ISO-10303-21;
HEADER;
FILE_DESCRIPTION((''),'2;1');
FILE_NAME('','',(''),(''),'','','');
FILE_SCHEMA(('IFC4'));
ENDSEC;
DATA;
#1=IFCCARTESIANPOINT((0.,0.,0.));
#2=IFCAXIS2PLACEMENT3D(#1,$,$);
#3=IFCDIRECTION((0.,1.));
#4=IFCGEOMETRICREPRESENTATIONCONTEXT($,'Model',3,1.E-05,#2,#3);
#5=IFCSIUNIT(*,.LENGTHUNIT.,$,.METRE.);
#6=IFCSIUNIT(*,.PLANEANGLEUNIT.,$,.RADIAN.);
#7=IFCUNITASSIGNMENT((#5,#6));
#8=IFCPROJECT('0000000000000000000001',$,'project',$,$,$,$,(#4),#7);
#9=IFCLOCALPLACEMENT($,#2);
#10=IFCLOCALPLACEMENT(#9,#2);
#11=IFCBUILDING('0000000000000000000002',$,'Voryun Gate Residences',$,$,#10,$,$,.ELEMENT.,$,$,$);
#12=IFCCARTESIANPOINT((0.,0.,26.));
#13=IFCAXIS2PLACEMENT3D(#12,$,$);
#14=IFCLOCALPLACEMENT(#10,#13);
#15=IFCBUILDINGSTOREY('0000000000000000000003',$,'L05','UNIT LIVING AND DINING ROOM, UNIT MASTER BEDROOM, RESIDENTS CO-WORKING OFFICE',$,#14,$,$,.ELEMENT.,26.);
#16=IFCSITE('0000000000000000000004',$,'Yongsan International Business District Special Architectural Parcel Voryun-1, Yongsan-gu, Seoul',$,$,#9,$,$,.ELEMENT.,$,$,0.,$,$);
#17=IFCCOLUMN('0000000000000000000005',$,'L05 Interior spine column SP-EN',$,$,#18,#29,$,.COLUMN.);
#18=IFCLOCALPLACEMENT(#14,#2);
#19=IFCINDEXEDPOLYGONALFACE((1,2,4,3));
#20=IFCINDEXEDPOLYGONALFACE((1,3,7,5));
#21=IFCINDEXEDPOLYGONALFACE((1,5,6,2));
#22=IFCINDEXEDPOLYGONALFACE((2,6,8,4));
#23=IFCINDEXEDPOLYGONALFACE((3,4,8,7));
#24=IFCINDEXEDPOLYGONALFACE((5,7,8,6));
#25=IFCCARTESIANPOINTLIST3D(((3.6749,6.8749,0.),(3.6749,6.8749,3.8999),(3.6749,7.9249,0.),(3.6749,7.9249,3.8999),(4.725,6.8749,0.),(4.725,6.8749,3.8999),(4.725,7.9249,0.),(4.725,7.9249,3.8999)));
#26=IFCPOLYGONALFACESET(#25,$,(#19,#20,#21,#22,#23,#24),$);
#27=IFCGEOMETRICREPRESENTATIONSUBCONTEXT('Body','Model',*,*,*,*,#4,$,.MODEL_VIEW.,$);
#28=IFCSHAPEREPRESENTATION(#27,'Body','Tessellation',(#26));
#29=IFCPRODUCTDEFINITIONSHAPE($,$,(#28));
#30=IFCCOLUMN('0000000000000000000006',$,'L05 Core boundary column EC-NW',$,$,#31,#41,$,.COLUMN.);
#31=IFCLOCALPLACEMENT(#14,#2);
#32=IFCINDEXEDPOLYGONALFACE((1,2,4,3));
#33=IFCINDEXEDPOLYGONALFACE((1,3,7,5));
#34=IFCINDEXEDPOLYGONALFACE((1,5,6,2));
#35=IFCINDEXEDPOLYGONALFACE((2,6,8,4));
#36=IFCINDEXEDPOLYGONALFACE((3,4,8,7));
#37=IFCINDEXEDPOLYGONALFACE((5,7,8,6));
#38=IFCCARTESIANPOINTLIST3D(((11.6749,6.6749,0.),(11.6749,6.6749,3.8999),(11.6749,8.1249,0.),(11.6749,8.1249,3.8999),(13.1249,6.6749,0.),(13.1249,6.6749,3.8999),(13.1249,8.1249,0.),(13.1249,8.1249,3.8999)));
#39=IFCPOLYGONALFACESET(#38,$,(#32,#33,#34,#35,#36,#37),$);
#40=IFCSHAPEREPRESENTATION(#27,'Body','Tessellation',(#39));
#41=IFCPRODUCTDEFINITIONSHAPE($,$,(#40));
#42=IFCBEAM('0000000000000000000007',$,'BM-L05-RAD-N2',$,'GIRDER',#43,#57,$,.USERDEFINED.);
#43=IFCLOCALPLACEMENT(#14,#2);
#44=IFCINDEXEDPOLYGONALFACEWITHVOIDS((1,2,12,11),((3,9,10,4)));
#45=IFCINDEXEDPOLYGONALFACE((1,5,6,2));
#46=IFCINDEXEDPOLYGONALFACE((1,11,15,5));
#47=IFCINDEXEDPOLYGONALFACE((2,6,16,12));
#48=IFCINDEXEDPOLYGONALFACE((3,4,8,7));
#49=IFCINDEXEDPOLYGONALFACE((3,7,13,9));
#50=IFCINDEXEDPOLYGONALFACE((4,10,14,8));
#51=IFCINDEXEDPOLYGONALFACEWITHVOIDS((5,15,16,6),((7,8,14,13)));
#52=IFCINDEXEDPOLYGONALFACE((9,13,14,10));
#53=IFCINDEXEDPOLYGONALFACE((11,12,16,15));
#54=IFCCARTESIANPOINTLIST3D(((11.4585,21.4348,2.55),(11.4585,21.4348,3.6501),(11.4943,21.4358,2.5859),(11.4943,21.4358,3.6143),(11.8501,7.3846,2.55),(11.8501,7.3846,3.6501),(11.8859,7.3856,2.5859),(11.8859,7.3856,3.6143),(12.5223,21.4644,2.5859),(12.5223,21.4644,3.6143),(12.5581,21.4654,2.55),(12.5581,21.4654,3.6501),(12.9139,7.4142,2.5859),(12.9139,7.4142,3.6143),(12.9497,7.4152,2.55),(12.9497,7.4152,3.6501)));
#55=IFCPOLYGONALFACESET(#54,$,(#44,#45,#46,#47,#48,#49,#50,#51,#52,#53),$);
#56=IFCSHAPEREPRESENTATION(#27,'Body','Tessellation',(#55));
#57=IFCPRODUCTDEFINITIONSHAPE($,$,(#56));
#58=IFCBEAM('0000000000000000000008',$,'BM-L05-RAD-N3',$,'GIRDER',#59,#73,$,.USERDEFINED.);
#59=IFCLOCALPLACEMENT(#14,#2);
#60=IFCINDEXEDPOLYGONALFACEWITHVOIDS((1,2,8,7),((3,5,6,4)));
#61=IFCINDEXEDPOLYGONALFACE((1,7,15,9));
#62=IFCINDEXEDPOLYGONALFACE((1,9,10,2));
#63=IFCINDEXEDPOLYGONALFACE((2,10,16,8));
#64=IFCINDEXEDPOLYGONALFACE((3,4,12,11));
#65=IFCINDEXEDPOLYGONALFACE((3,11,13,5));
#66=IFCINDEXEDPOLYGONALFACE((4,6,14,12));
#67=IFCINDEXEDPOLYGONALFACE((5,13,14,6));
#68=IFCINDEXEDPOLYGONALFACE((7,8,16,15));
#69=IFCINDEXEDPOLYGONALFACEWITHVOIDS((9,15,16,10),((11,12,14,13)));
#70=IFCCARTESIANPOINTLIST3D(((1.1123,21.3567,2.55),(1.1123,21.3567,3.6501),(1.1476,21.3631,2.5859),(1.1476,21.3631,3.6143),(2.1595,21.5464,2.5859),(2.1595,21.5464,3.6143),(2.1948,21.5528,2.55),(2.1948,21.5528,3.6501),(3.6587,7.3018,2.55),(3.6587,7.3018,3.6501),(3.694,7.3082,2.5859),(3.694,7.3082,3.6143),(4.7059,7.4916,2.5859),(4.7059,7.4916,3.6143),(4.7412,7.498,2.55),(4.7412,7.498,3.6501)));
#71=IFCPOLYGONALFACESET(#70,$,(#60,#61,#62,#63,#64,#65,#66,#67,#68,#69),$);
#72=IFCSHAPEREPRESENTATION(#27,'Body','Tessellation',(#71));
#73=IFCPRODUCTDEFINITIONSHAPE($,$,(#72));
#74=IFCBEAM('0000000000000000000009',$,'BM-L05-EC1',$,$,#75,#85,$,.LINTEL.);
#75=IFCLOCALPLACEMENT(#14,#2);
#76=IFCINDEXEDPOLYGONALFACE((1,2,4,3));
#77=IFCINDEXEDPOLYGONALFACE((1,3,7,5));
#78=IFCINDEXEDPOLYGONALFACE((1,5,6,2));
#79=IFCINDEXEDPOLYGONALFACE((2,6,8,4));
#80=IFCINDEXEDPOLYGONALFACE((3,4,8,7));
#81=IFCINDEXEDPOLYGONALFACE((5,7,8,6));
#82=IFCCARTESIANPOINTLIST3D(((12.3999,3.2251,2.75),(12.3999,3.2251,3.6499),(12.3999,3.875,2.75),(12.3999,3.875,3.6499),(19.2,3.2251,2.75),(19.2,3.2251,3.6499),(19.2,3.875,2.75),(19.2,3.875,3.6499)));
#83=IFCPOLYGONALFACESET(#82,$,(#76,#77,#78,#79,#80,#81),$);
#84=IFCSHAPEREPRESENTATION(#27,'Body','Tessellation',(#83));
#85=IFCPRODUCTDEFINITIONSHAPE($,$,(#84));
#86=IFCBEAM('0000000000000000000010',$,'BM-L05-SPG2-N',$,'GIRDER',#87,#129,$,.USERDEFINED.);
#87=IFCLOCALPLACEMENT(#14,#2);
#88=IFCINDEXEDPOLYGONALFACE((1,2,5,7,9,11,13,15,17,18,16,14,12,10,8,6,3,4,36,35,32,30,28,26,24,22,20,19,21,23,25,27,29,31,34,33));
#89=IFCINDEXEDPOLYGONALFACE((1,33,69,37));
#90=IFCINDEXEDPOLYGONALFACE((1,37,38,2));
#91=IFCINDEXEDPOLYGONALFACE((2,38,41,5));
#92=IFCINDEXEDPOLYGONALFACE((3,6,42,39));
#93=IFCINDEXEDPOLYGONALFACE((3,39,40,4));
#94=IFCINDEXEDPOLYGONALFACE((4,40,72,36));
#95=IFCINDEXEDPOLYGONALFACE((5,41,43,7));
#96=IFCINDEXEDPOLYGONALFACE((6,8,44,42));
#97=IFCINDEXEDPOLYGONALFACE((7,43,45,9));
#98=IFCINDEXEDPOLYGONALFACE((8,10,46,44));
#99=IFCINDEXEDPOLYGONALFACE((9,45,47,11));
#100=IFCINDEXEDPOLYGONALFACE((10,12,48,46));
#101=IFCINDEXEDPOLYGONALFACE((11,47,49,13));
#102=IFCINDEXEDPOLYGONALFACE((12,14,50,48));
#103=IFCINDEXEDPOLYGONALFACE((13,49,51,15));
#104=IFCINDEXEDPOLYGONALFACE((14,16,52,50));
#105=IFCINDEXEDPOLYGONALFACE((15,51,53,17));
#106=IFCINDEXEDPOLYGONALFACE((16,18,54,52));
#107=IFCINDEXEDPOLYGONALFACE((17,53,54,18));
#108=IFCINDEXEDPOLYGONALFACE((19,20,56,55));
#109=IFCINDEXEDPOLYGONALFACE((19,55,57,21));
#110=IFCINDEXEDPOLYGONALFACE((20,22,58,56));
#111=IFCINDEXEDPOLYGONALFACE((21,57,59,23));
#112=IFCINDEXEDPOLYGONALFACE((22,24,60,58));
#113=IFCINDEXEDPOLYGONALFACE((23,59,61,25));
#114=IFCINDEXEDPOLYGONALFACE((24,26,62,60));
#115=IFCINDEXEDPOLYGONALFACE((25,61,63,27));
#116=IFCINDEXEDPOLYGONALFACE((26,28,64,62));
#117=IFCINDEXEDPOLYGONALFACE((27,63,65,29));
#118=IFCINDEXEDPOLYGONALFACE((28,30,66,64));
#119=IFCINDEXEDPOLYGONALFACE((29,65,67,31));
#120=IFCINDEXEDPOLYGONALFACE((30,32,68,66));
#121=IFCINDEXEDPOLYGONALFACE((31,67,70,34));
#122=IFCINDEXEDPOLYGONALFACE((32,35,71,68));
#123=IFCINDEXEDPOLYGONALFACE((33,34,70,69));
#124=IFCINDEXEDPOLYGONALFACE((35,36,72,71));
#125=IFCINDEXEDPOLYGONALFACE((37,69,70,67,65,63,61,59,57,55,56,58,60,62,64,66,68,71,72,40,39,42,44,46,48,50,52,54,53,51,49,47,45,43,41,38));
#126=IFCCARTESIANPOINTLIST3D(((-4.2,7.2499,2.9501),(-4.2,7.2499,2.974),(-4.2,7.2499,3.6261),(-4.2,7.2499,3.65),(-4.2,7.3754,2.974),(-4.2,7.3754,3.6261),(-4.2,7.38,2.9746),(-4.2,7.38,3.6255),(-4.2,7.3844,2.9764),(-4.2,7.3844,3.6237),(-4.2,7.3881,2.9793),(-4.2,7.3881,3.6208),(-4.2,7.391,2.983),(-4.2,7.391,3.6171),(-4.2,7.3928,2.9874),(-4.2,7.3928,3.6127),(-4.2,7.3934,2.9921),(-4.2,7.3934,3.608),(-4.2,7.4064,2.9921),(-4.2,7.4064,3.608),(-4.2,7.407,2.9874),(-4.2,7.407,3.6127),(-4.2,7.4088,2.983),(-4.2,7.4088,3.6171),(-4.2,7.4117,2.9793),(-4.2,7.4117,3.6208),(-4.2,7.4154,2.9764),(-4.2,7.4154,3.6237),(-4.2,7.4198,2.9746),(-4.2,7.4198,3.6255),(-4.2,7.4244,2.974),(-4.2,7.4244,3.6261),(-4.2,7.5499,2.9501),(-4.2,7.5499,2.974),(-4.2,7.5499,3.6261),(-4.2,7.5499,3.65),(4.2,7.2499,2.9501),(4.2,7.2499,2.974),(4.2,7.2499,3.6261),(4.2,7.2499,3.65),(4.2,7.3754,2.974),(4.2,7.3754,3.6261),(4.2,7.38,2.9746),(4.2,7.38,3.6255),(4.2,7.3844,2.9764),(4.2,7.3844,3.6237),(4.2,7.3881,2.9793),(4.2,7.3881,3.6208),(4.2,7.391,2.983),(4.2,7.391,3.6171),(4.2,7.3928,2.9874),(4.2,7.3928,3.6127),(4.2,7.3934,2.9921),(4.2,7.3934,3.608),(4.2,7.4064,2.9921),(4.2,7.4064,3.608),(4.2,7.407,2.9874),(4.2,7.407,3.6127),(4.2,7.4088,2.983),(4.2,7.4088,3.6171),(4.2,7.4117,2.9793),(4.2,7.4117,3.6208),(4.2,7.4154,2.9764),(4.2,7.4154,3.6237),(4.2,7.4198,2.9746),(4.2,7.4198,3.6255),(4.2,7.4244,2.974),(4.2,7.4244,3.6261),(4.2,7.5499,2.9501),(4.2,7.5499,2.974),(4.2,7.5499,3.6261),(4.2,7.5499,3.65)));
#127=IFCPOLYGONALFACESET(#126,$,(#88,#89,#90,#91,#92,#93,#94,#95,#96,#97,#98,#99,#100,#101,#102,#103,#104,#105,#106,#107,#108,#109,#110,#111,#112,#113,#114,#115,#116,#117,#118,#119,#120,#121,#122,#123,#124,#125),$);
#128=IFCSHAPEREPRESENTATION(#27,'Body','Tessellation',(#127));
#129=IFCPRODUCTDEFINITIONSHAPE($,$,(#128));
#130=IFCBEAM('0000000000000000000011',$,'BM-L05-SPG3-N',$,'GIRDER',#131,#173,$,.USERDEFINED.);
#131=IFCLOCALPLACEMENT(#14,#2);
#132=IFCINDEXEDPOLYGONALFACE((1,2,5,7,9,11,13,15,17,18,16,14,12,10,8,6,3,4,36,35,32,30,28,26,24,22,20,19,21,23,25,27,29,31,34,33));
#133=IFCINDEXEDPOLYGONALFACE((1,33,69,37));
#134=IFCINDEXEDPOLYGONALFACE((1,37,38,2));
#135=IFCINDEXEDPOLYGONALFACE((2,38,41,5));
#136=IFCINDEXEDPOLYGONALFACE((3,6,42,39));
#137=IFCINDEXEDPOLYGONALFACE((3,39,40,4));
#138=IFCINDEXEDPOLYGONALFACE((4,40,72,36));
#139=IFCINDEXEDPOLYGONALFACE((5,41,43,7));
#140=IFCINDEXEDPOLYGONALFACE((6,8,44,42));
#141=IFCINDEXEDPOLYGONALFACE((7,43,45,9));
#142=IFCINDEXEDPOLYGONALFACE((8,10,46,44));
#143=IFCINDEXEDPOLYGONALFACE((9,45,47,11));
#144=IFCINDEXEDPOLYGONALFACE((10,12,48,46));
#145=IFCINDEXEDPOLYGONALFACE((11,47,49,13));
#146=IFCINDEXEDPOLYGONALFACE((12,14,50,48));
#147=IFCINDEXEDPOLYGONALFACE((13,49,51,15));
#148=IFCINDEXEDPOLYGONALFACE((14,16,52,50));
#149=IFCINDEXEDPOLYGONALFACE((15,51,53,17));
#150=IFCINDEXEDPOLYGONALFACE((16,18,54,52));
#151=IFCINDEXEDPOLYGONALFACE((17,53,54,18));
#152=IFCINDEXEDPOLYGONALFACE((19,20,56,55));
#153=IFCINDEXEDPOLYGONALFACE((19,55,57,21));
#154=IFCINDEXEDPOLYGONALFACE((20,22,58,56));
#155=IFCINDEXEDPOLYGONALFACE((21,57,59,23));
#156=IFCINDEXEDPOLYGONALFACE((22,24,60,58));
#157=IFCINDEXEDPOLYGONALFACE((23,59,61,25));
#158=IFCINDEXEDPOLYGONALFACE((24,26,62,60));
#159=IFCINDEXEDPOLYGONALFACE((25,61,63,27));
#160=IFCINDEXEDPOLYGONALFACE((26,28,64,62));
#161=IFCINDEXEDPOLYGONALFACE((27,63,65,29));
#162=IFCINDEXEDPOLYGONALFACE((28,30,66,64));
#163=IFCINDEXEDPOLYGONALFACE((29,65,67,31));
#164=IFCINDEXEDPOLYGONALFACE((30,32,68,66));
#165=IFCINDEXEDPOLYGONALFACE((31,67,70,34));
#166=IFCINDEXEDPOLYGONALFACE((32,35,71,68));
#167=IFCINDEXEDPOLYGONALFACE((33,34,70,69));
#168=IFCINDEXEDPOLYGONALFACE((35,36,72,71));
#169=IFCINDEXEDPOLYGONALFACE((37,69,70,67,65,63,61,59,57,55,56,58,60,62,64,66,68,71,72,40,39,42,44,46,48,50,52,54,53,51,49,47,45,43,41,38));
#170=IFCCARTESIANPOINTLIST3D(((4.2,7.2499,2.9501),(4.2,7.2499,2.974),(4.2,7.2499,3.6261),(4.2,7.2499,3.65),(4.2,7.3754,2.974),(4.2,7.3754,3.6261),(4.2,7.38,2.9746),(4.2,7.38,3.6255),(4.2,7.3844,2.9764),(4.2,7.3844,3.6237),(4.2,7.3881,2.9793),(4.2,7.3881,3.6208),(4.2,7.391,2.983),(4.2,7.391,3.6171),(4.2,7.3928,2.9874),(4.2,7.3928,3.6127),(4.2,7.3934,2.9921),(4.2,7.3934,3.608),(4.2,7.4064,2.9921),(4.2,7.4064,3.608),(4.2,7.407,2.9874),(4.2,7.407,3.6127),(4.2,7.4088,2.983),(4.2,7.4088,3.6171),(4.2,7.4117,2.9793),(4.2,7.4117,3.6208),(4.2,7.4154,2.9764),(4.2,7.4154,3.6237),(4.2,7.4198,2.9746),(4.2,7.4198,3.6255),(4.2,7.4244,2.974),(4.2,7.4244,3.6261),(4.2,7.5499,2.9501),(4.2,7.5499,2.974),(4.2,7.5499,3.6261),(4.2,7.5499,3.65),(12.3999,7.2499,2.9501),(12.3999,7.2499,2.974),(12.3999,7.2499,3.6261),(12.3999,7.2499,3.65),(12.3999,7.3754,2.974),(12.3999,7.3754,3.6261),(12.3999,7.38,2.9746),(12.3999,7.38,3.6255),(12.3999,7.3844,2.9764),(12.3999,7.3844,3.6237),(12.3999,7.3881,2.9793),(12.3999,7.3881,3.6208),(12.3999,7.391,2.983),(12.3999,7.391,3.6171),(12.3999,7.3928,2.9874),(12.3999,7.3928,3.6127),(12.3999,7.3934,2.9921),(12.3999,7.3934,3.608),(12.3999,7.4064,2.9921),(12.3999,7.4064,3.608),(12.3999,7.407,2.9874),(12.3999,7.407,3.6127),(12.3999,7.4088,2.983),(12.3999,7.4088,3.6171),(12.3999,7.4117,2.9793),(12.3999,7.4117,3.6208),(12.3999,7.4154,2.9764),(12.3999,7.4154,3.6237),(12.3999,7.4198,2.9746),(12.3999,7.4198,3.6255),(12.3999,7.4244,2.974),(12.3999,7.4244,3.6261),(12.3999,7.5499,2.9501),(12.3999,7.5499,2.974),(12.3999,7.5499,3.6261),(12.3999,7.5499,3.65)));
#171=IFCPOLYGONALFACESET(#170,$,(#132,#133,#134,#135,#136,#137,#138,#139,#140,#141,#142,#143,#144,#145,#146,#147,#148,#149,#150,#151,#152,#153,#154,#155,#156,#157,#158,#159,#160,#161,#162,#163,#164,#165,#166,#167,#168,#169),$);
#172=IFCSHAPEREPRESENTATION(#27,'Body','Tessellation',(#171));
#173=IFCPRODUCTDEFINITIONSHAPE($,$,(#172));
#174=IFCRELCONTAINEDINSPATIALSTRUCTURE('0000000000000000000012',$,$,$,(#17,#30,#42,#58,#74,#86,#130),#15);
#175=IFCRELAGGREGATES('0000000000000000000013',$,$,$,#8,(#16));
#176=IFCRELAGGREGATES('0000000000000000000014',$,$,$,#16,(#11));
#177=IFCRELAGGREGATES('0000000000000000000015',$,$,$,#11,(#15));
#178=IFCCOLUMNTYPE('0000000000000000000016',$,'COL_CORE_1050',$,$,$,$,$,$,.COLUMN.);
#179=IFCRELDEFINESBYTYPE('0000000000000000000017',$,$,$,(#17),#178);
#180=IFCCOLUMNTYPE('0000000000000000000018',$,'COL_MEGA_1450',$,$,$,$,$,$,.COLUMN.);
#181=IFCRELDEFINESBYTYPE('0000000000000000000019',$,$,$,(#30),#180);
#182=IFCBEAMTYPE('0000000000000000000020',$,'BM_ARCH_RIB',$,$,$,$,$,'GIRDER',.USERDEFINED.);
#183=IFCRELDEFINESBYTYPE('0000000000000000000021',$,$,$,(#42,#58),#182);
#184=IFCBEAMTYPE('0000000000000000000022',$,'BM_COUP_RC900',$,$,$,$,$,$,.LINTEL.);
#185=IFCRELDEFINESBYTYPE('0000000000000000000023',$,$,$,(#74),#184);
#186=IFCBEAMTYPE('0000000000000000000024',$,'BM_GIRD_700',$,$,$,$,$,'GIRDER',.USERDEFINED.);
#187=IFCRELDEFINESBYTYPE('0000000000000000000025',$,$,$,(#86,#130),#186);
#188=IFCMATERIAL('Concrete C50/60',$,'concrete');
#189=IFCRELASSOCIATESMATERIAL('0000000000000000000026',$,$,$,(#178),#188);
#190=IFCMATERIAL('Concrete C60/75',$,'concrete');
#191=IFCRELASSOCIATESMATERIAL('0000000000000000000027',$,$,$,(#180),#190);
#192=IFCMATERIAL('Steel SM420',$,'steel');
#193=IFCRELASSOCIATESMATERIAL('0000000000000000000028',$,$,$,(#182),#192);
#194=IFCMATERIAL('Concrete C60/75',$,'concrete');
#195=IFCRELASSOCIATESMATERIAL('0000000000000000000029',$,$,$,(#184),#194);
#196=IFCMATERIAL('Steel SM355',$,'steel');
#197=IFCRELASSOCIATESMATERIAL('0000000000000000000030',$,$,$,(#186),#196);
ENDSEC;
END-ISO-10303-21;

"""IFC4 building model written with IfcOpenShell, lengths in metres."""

from ifc_helpers import new_model, si_unit, direction, frame, origin, origin_2d, place, context, subcontext, project, spatial, rectangle, hollow_rectangle, i_section, extrude, material, material_profile, profile_set, type_object, element, save


model = new_model("IFC4")

# Units and contexts
model_context = context("Model", 3, precision=1e-05, world=origin(), true_north=direction((0.0, 1.0)))
body_context = subcontext(model_context, "Body", "Model", "MODEL_VIEW")
ifc_project = project(units=[si_unit("LENGTHUNIT", "METRE"), si_unit("PLANEANGLEUNIT", "RADIAN")], contexts=[model_context])

# Site, building, storey
site_placement = place(None, origin())
site = spatial("IfcSite", under=ifc_project, at=site_placement, Name="Yongsan International Business District Special Architectural Parcel Voryun-1, Yongsan-gu, Seoul", CompositionType="ELEMENT", RefElevation=0.0)
building_placement = place(site_placement, origin())
building = spatial("IfcBuilding", under=site, at=building_placement, Name="Voryun Gate Residences", CompositionType="ELEMENT")
storey_placement = place(building_placement, frame((0.0, 0.0, 26.0)))
storey = spatial("IfcBuildingStorey", under=building, at=storey_placement, Name="L05", Description="UNIT LIVING AND DINING ROOM, UNIT MASTER BEDROOM, RESIDENTS CO-WORKING OFFICE", CompositionType="ELEMENT", Elevation=26.0)

# Columns
ifc_material_1 = material(Name="Concrete C50/60", Category="concrete")
ifc_material_profile_1 = material_profile(ifc_material_1, rectangle(XDim=1.05, YDim=1.05, at=origin_2d()), Name="RC-1050x1050")
ifc_profile_set_1 = profile_set([ifc_material_profile_1], Name="Concrete C50/60")
column_type_1 = type_object("IfcColumnType", Name="COL_CORE_1050", PredefinedType="COLUMN", material=ifc_profile_set_1)
column_1_placement = place(storey_placement, frame((4.2, 7.3999, 0.0), z_axis=(0.0, 0.0, 1.0), x_axis=(1.0, 0.0, 0.0)))
element("IfcColumn", 1, at=column_1_placement, inside=storey, type_object=column_type_1, Name="L05 Interior spine column SP-EN", PredefinedType="COLUMN", context=body_context, shape_type="SweptSolid", body=[
    extrude(rectangle(XDim=1.05, YDim=1.05, at=origin_2d()), origin(), (0.0, 0.0, 1.0), 3.8999),
])
ifc_material_2 = material(Name="Concrete C60/75", Category="concrete")
ifc_material_profile_2 = material_profile(ifc_material_2, rectangle(XDim=1.45, YDim=1.45, at=origin_2d()), Name="RC-1450x1450")
ifc_profile_set_2 = profile_set([ifc_material_profile_2], Name="Concrete C60/75")
column_type_2 = type_object("IfcColumnType", Name="COL_MEGA_1450", PredefinedType="COLUMN", material=ifc_profile_set_2)
column_2_placement = place(storey_placement, frame((12.3999, 7.3999, 0.0), z_axis=(0.0, 0.0, 1.0), x_axis=(1.0, 0.0, 0.0)))
element("IfcColumn", 2, at=column_2_placement, inside=storey, type_object=column_type_2, Name="L05 Core boundary column EC-NW", PredefinedType="COLUMN", context=body_context, shape_type="SweptSolid", body=[
    extrude(rectangle(XDim=1.45, YDim=1.45, at=origin_2d()), origin(), (0.0, 0.0, 1.0), 3.8999),
])

# Beams
ifc_material_3 = material(Name="Steel SM420", Category="steel")
ifc_material_profile_3 = material_profile(ifc_material_3, hollow_rectangle(XDim=1.1001, YDim=1.1001, WallThickness=0.0359, at=origin_2d()), Name="BOX-1100x1100x36")
ifc_profile_set_3 = profile_set([ifc_material_profile_3], Name="Steel SM420")
beam_type_1 = type_object("IfcBeamType", Name="BM_ARCH_RIB", ElementType="GIRDER", PredefinedType="USERDEFINED", material=ifc_profile_set_3)
beam_1_placement = place(storey_placement, frame((12.3999, 7.3999, 3.1001), z_axis=(-0.027861, 0.999612, 0.0), x_axis=(-0.999612, -0.027861, 0.0)))
element("IfcBeam", 3, at=beam_1_placement, inside=storey, type_object=beam_type_1, Name="BM-L05-RAD-N2", ObjectType="GIRDER", PredefinedType="USERDEFINED", context=body_context, shape_type="SweptSolid", body=[
    extrude(hollow_rectangle(XDim=1.1001, YDim=1.1001, WallThickness=0.0359, at=origin_2d()), origin(), (0.0, 0.0, 1.0), 14.0557),
])
beam_2_placement = place(storey_placement, frame((4.2, 7.3999, 3.1001), z_axis=(-0.178272, 0.983981, 0.0), x_axis=(-0.983981, -0.178272, 0.0)))
element("IfcBeam", 4, at=beam_2_placement, inside=storey, type_object=beam_type_1, Name="BM-L05-RAD-N3", ObjectType="GIRDER", PredefinedType="USERDEFINED", context=body_context, shape_type="SweptSolid", body=[
    extrude(hollow_rectangle(XDim=1.1001, YDim=1.1001, WallThickness=0.0359, at=origin_2d()), origin(), (0.0, 0.0, 1.0), 14.2837),
])
ifc_material_4 = material(Name="Concrete C60/75", Category="concrete")
ifc_material_profile_4 = material_profile(ifc_material_4, rectangle(XDim=0.6499, YDim=0.8999, at=origin_2d()), Name="RC-650x900")
ifc_profile_set_4 = profile_set([ifc_material_profile_4], Name="Concrete C60/75")
beam_type_2 = type_object("IfcBeamType", Name="BM_COUP_RC900", PredefinedType="LINTEL", material=ifc_profile_set_4)
beam_3_placement = place(storey_placement, frame((12.3999, 3.55, 3.2), z_axis=(1.0, 0.0, 0.0), x_axis=(0.0, 1.0, 0.0)))
element("IfcBeam", 5, at=beam_3_placement, inside=storey, type_object=beam_type_2, Name="BM-L05-EC1", PredefinedType="LINTEL", context=body_context, shape_type="SweptSolid", body=[
    extrude(rectangle(XDim=0.6499, YDim=0.8999, at=origin_2d()), origin(), (0.0, 0.0, 1.0), 6.8),
])
ifc_material_5 = material(Name="Steel SM355", Category="steel")
ifc_material_profile_5 = material_profile(ifc_material_5, i_section(OverallWidth=0.3, OverallDepth=0.7, WebThickness=0.0129, FlangeThickness=0.0239, FilletRadius=0.0181, at=origin_2d()), Name="H-700x300x13x24")
ifc_profile_set_5 = profile_set([ifc_material_profile_5], Name="Steel SM355")
beam_type_3 = type_object("IfcBeamType", Name="BM_GIRD_700", ElementType="GIRDER", PredefinedType="USERDEFINED", material=ifc_profile_set_5)
beam_4_placement = place(storey_placement, frame((-4.2, 7.3999, 3.3), z_axis=(1.0, 0.0, 0.0), x_axis=(0.0, 1.0, 0.0)))
element("IfcBeam", 6, at=beam_4_placement, inside=storey, type_object=beam_type_3, Name="BM-L05-SPG2-N", ObjectType="GIRDER", PredefinedType="USERDEFINED", context=body_context, shape_type="SweptSolid", body=[
    extrude(i_section(OverallWidth=0.3, OverallDepth=0.7, WebThickness=0.0129, FlangeThickness=0.0239, FilletRadius=0.0181, at=origin_2d()), origin(), (0.0, 0.0, 1.0), 8.3999),
])
beam_5_placement = place(storey_placement, frame((4.2, 7.3999, 3.3), z_axis=(1.0, 0.0, 0.0), x_axis=(0.0, 1.0, 0.0)))
element("IfcBeam", 7, at=beam_5_placement, inside=storey, type_object=beam_type_3, Name="BM-L05-SPG3-N", ObjectType="GIRDER", PredefinedType="USERDEFINED", context=body_context, shape_type="SweptSolid", body=[
    extrude(i_section(OverallWidth=0.3, OverallDepth=0.7, WebThickness=0.0129, FlangeThickness=0.0239, FilletRadius=0.0181, at=origin_2d()), origin(), (0.0, 0.0, 1.0), 8.2),
])

save(model, "model.ifc")
